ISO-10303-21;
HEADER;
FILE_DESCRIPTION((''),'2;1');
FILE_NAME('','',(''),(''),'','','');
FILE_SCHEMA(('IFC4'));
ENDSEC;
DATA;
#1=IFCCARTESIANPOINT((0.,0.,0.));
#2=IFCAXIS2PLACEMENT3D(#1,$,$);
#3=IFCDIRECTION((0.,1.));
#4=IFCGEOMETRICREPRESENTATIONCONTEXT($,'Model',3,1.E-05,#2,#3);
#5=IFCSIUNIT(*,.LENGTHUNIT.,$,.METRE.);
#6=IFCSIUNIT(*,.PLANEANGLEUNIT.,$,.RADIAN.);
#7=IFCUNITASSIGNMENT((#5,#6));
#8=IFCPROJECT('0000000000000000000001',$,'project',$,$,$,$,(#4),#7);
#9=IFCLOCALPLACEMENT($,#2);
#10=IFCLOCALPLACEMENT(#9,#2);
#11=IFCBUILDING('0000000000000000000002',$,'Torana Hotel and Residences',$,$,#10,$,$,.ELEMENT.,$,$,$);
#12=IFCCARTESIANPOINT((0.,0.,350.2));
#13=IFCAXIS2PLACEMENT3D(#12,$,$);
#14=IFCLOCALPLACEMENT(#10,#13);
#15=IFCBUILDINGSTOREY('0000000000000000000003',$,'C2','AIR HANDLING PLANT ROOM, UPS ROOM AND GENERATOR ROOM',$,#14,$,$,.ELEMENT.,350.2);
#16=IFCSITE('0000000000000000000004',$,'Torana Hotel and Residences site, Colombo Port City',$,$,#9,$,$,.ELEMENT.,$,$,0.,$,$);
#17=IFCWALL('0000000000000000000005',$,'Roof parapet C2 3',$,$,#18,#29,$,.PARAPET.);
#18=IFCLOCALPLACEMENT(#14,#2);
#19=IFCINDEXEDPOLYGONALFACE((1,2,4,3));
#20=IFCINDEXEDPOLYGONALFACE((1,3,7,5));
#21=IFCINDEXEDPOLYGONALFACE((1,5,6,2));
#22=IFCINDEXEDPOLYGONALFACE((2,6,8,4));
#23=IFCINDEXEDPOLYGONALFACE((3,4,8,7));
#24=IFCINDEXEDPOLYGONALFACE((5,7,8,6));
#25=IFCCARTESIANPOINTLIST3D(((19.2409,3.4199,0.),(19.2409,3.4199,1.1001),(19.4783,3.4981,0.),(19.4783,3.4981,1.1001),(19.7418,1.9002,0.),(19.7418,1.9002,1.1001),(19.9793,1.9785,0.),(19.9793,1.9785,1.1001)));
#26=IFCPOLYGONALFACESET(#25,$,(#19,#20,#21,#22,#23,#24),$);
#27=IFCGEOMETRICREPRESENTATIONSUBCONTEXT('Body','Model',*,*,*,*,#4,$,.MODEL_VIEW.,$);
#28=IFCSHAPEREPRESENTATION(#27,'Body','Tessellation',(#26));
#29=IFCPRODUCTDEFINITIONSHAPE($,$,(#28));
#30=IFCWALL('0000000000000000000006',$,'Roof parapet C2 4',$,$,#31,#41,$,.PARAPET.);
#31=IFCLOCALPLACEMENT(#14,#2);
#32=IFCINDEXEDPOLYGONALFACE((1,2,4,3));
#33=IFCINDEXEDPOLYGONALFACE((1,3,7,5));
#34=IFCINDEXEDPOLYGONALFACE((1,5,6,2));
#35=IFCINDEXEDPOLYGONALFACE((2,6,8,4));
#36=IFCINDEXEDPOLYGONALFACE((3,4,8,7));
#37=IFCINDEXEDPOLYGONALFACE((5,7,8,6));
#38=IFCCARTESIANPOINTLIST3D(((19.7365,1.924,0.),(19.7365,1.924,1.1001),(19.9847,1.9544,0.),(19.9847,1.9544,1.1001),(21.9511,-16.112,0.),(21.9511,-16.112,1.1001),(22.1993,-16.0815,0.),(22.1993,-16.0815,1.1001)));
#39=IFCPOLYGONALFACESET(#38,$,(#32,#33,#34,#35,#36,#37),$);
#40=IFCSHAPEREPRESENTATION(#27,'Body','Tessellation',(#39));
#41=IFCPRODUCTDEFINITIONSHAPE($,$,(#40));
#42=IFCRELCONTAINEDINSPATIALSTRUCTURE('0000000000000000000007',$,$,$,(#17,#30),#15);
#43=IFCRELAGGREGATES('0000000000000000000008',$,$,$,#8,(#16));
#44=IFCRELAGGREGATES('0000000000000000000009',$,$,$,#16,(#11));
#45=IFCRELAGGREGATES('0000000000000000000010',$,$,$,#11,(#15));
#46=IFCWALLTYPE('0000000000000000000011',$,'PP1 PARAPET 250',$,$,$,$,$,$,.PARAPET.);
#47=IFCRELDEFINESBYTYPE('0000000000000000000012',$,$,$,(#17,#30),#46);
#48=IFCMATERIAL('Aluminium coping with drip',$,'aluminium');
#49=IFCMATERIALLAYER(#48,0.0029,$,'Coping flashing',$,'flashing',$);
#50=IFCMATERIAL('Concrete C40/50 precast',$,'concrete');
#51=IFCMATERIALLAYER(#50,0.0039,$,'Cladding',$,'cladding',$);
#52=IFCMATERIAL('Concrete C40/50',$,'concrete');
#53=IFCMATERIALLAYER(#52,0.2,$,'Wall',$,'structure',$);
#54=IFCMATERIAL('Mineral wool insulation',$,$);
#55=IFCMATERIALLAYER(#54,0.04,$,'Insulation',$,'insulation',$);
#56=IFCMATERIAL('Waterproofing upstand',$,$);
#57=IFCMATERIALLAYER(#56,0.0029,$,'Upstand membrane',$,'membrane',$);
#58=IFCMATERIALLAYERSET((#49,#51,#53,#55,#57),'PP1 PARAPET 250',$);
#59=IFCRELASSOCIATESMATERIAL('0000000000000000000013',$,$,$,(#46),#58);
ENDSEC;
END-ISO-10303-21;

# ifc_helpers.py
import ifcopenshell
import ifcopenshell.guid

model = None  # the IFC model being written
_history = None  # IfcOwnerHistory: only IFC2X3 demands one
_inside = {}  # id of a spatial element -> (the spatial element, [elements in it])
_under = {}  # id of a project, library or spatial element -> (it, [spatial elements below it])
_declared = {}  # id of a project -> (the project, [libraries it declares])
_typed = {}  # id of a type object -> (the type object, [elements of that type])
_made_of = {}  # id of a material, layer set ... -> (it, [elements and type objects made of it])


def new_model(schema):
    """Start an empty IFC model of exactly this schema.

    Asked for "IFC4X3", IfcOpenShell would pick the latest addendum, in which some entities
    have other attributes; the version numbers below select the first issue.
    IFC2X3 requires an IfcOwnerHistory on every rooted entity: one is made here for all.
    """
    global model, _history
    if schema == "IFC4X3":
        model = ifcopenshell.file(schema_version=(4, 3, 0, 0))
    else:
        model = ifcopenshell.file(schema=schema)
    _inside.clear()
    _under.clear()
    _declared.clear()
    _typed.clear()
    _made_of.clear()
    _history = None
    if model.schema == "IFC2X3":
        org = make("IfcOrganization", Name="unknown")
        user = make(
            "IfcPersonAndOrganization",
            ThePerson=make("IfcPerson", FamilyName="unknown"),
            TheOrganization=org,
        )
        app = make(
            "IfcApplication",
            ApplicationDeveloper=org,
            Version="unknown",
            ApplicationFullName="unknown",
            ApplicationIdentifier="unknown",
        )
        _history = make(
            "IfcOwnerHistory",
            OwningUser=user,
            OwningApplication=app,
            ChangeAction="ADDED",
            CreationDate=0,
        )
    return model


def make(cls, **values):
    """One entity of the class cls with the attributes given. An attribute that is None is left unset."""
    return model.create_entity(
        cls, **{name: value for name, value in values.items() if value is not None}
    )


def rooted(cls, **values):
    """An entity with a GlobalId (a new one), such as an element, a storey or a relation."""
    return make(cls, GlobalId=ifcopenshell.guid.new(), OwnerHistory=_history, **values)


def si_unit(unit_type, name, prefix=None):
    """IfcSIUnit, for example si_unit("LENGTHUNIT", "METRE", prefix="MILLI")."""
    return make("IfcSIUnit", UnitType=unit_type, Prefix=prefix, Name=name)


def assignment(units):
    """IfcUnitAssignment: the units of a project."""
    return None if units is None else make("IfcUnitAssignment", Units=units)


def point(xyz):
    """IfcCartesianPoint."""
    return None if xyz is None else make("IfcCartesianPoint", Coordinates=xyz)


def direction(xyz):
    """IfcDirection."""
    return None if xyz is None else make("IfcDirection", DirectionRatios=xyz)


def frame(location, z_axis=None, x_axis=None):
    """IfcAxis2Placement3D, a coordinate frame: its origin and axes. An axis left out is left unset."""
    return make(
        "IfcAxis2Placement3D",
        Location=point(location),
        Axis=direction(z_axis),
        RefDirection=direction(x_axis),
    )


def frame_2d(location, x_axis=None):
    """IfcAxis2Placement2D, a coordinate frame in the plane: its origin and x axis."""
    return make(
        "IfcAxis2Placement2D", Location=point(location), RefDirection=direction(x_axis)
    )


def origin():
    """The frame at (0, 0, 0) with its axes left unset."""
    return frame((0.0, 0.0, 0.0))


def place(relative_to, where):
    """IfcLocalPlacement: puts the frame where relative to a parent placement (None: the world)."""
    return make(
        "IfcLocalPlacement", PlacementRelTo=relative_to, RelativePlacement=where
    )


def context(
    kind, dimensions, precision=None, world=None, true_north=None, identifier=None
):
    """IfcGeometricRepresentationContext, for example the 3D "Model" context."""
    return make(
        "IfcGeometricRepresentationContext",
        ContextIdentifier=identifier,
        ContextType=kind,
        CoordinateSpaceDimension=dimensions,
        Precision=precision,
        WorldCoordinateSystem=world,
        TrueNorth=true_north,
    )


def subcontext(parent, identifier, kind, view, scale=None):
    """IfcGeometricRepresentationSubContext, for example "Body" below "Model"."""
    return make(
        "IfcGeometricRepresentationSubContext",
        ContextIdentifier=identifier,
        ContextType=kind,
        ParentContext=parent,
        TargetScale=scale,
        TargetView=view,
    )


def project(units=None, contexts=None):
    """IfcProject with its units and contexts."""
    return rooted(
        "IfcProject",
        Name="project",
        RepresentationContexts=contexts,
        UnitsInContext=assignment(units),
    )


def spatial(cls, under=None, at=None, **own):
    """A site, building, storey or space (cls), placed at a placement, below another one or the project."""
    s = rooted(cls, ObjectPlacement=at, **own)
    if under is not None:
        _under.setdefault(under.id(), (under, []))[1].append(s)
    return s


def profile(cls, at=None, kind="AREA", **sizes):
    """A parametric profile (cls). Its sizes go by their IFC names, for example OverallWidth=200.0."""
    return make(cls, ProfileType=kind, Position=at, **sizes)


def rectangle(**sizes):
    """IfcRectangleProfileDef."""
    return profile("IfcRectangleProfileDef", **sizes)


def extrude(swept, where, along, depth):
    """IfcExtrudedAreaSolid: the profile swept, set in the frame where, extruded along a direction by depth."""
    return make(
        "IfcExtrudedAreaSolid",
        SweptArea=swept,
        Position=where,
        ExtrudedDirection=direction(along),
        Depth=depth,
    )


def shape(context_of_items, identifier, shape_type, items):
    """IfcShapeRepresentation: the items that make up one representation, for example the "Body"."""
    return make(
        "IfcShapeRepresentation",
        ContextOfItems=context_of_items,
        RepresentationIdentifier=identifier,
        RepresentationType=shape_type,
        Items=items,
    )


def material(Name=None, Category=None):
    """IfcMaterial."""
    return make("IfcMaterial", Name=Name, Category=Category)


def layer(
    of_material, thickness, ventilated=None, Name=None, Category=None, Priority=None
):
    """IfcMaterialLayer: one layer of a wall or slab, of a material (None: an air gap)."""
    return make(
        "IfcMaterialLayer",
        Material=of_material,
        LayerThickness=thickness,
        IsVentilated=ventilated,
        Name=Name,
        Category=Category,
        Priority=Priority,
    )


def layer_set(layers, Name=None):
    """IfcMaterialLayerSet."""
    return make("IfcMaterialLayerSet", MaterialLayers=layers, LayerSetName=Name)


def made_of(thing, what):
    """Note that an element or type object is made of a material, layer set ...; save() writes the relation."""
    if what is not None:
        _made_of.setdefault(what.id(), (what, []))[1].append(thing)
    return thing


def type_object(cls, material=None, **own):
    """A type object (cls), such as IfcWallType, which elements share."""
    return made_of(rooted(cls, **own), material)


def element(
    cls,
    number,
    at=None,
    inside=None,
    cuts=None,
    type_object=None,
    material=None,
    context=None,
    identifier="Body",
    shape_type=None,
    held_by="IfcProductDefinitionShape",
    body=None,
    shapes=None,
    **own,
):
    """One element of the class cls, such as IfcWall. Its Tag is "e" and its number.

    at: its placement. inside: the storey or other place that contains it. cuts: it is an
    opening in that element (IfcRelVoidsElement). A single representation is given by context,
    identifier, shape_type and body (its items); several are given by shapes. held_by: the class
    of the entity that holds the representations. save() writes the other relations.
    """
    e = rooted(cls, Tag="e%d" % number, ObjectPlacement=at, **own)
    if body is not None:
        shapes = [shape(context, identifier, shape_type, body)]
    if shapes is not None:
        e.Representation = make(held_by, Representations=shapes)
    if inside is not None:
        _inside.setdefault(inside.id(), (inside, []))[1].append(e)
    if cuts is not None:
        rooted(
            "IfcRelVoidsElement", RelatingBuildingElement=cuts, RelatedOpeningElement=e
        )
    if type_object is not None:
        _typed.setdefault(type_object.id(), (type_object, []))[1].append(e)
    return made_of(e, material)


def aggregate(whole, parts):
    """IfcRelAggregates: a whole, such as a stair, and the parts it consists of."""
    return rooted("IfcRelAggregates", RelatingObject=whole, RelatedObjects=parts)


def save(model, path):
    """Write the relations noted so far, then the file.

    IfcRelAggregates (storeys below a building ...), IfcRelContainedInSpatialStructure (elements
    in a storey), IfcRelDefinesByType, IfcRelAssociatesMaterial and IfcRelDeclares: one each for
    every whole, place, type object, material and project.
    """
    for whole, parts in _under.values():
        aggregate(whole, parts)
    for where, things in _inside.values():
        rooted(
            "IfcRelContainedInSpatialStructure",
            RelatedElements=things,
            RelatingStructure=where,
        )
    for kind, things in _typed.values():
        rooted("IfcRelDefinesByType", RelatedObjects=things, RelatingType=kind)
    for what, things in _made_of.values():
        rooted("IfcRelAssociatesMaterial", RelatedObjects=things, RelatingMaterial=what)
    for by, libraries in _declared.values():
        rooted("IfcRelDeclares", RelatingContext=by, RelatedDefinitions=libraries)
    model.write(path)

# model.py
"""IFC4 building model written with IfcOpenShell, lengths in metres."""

from ifc_helpers import new_model, si_unit, direction, frame, frame_2d, origin, place, context, subcontext, project, spatial, rectangle, extrude, material, layer, layer_set, type_object, element, save


model = new_model("IFC4")

# Units and contexts
model_context = context("Model", 3, precision=1e-05, world=origin(), true_north=direction((0.0, 1.0)))
body_context = subcontext(model_context, "Body", "Model", "MODEL_VIEW")
ifc_project = project(units=[si_unit("LENGTHUNIT", "METRE"), si_unit("PLANEANGLEUNIT", "RADIAN")], contexts=[model_context])

# Site, building, storey
site_placement = place(None, origin())
site = spatial("IfcSite", under=ifc_project, at=site_placement, Name="Torana Hotel and Residences site, Colombo Port City", CompositionType="ELEMENT", RefElevation=0.0)
building_placement = place(site_placement, origin())
building = spatial("IfcBuilding", under=site, at=building_placement, Name="Torana Hotel and Residences", CompositionType="ELEMENT")
storey_placement = place(building_placement, frame((0.0, 0.0, 350.2)))
storey = spatial("IfcBuildingStorey", under=building, at=storey_placement, Name="C2", Description="AIR HANDLING PLANT ROOM, UPS ROOM AND GENERATOR ROOM", CompositionType="ELEMENT", Elevation=350.2)

# Walls
ifc_material_1 = material(Name="Aluminium coping with drip", Category="aluminium")
ifc_layer_1 = layer(ifc_material_1, 0.0029, Name="Coping flashing", Category="flashing")
ifc_material_2 = material(Name="Concrete C40/50 precast", Category="concrete")
ifc_layer_2 = layer(ifc_material_2, 0.0039, Name="Cladding", Category="cladding")
ifc_material_3 = material(Name="Concrete C40/50", Category="concrete")
ifc_layer_3 = layer(ifc_material_3, 0.2, Name="Wall", Category="structure")
ifc_material_4 = material(Name="Mineral wool insulation")
ifc_layer_4 = layer(ifc_material_4, 0.04, Name="Insulation", Category="insulation")
ifc_material_5 = material(Name="Waterproofing upstand")
ifc_layer_5 = layer(ifc_material_5, 0.0029, Name="Upstand membrane", Category="membrane")
ifc_layer_set_1 = layer_set([ifc_layer_1, ifc_layer_2, ifc_layer_3, ifc_layer_4, ifc_layer_5], Name="PP1 PARAPET 250")
wall_type = type_object("IfcWallType", Name="PP1 PARAPET 250", PredefinedType="PARAPET", material=ifc_layer_set_1)
wall_1_placement = place(storey_placement, frame((19.3596, 3.459, 0.0), z_axis=(0.0, 0.0, 1.0), x_axis=(0.313068, -0.949731, 0.0)))
element("IfcWall", 1, at=wall_1_placement, inside=storey, type_object=wall_type, Name="Roof parapet C2 3", PredefinedType="PARAPET", context=body_context, shape_type="SweptSolid", body=[
    extrude(rectangle(XDim=1.6001, YDim=0.25, at=frame_2d((0.8, 0.0))), origin(), (0.0, 0.0, 1.0), 1.1001),
])
wall_2_placement = place(storey_placement, frame((19.8606, 1.9392, 0.0), z_axis=(0.0, 0.0, 1.0), x_axis=(0.121873, -0.992546, 0.0)))
element("IfcWall", 2, at=wall_2_placement, inside=storey, type_object=wall_type, Name="Roof parapet C2 4", PredefinedType="PARAPET", context=body_context, shape_type="SweptSolid", body=[
    extrude(rectangle(XDim=18.1714, YDim=0.25, at=frame_2d((9.0857, 0.0))), origin(), (0.0, 0.0, 1.0), 1.1001),
])

save(model, "model.ifc")
